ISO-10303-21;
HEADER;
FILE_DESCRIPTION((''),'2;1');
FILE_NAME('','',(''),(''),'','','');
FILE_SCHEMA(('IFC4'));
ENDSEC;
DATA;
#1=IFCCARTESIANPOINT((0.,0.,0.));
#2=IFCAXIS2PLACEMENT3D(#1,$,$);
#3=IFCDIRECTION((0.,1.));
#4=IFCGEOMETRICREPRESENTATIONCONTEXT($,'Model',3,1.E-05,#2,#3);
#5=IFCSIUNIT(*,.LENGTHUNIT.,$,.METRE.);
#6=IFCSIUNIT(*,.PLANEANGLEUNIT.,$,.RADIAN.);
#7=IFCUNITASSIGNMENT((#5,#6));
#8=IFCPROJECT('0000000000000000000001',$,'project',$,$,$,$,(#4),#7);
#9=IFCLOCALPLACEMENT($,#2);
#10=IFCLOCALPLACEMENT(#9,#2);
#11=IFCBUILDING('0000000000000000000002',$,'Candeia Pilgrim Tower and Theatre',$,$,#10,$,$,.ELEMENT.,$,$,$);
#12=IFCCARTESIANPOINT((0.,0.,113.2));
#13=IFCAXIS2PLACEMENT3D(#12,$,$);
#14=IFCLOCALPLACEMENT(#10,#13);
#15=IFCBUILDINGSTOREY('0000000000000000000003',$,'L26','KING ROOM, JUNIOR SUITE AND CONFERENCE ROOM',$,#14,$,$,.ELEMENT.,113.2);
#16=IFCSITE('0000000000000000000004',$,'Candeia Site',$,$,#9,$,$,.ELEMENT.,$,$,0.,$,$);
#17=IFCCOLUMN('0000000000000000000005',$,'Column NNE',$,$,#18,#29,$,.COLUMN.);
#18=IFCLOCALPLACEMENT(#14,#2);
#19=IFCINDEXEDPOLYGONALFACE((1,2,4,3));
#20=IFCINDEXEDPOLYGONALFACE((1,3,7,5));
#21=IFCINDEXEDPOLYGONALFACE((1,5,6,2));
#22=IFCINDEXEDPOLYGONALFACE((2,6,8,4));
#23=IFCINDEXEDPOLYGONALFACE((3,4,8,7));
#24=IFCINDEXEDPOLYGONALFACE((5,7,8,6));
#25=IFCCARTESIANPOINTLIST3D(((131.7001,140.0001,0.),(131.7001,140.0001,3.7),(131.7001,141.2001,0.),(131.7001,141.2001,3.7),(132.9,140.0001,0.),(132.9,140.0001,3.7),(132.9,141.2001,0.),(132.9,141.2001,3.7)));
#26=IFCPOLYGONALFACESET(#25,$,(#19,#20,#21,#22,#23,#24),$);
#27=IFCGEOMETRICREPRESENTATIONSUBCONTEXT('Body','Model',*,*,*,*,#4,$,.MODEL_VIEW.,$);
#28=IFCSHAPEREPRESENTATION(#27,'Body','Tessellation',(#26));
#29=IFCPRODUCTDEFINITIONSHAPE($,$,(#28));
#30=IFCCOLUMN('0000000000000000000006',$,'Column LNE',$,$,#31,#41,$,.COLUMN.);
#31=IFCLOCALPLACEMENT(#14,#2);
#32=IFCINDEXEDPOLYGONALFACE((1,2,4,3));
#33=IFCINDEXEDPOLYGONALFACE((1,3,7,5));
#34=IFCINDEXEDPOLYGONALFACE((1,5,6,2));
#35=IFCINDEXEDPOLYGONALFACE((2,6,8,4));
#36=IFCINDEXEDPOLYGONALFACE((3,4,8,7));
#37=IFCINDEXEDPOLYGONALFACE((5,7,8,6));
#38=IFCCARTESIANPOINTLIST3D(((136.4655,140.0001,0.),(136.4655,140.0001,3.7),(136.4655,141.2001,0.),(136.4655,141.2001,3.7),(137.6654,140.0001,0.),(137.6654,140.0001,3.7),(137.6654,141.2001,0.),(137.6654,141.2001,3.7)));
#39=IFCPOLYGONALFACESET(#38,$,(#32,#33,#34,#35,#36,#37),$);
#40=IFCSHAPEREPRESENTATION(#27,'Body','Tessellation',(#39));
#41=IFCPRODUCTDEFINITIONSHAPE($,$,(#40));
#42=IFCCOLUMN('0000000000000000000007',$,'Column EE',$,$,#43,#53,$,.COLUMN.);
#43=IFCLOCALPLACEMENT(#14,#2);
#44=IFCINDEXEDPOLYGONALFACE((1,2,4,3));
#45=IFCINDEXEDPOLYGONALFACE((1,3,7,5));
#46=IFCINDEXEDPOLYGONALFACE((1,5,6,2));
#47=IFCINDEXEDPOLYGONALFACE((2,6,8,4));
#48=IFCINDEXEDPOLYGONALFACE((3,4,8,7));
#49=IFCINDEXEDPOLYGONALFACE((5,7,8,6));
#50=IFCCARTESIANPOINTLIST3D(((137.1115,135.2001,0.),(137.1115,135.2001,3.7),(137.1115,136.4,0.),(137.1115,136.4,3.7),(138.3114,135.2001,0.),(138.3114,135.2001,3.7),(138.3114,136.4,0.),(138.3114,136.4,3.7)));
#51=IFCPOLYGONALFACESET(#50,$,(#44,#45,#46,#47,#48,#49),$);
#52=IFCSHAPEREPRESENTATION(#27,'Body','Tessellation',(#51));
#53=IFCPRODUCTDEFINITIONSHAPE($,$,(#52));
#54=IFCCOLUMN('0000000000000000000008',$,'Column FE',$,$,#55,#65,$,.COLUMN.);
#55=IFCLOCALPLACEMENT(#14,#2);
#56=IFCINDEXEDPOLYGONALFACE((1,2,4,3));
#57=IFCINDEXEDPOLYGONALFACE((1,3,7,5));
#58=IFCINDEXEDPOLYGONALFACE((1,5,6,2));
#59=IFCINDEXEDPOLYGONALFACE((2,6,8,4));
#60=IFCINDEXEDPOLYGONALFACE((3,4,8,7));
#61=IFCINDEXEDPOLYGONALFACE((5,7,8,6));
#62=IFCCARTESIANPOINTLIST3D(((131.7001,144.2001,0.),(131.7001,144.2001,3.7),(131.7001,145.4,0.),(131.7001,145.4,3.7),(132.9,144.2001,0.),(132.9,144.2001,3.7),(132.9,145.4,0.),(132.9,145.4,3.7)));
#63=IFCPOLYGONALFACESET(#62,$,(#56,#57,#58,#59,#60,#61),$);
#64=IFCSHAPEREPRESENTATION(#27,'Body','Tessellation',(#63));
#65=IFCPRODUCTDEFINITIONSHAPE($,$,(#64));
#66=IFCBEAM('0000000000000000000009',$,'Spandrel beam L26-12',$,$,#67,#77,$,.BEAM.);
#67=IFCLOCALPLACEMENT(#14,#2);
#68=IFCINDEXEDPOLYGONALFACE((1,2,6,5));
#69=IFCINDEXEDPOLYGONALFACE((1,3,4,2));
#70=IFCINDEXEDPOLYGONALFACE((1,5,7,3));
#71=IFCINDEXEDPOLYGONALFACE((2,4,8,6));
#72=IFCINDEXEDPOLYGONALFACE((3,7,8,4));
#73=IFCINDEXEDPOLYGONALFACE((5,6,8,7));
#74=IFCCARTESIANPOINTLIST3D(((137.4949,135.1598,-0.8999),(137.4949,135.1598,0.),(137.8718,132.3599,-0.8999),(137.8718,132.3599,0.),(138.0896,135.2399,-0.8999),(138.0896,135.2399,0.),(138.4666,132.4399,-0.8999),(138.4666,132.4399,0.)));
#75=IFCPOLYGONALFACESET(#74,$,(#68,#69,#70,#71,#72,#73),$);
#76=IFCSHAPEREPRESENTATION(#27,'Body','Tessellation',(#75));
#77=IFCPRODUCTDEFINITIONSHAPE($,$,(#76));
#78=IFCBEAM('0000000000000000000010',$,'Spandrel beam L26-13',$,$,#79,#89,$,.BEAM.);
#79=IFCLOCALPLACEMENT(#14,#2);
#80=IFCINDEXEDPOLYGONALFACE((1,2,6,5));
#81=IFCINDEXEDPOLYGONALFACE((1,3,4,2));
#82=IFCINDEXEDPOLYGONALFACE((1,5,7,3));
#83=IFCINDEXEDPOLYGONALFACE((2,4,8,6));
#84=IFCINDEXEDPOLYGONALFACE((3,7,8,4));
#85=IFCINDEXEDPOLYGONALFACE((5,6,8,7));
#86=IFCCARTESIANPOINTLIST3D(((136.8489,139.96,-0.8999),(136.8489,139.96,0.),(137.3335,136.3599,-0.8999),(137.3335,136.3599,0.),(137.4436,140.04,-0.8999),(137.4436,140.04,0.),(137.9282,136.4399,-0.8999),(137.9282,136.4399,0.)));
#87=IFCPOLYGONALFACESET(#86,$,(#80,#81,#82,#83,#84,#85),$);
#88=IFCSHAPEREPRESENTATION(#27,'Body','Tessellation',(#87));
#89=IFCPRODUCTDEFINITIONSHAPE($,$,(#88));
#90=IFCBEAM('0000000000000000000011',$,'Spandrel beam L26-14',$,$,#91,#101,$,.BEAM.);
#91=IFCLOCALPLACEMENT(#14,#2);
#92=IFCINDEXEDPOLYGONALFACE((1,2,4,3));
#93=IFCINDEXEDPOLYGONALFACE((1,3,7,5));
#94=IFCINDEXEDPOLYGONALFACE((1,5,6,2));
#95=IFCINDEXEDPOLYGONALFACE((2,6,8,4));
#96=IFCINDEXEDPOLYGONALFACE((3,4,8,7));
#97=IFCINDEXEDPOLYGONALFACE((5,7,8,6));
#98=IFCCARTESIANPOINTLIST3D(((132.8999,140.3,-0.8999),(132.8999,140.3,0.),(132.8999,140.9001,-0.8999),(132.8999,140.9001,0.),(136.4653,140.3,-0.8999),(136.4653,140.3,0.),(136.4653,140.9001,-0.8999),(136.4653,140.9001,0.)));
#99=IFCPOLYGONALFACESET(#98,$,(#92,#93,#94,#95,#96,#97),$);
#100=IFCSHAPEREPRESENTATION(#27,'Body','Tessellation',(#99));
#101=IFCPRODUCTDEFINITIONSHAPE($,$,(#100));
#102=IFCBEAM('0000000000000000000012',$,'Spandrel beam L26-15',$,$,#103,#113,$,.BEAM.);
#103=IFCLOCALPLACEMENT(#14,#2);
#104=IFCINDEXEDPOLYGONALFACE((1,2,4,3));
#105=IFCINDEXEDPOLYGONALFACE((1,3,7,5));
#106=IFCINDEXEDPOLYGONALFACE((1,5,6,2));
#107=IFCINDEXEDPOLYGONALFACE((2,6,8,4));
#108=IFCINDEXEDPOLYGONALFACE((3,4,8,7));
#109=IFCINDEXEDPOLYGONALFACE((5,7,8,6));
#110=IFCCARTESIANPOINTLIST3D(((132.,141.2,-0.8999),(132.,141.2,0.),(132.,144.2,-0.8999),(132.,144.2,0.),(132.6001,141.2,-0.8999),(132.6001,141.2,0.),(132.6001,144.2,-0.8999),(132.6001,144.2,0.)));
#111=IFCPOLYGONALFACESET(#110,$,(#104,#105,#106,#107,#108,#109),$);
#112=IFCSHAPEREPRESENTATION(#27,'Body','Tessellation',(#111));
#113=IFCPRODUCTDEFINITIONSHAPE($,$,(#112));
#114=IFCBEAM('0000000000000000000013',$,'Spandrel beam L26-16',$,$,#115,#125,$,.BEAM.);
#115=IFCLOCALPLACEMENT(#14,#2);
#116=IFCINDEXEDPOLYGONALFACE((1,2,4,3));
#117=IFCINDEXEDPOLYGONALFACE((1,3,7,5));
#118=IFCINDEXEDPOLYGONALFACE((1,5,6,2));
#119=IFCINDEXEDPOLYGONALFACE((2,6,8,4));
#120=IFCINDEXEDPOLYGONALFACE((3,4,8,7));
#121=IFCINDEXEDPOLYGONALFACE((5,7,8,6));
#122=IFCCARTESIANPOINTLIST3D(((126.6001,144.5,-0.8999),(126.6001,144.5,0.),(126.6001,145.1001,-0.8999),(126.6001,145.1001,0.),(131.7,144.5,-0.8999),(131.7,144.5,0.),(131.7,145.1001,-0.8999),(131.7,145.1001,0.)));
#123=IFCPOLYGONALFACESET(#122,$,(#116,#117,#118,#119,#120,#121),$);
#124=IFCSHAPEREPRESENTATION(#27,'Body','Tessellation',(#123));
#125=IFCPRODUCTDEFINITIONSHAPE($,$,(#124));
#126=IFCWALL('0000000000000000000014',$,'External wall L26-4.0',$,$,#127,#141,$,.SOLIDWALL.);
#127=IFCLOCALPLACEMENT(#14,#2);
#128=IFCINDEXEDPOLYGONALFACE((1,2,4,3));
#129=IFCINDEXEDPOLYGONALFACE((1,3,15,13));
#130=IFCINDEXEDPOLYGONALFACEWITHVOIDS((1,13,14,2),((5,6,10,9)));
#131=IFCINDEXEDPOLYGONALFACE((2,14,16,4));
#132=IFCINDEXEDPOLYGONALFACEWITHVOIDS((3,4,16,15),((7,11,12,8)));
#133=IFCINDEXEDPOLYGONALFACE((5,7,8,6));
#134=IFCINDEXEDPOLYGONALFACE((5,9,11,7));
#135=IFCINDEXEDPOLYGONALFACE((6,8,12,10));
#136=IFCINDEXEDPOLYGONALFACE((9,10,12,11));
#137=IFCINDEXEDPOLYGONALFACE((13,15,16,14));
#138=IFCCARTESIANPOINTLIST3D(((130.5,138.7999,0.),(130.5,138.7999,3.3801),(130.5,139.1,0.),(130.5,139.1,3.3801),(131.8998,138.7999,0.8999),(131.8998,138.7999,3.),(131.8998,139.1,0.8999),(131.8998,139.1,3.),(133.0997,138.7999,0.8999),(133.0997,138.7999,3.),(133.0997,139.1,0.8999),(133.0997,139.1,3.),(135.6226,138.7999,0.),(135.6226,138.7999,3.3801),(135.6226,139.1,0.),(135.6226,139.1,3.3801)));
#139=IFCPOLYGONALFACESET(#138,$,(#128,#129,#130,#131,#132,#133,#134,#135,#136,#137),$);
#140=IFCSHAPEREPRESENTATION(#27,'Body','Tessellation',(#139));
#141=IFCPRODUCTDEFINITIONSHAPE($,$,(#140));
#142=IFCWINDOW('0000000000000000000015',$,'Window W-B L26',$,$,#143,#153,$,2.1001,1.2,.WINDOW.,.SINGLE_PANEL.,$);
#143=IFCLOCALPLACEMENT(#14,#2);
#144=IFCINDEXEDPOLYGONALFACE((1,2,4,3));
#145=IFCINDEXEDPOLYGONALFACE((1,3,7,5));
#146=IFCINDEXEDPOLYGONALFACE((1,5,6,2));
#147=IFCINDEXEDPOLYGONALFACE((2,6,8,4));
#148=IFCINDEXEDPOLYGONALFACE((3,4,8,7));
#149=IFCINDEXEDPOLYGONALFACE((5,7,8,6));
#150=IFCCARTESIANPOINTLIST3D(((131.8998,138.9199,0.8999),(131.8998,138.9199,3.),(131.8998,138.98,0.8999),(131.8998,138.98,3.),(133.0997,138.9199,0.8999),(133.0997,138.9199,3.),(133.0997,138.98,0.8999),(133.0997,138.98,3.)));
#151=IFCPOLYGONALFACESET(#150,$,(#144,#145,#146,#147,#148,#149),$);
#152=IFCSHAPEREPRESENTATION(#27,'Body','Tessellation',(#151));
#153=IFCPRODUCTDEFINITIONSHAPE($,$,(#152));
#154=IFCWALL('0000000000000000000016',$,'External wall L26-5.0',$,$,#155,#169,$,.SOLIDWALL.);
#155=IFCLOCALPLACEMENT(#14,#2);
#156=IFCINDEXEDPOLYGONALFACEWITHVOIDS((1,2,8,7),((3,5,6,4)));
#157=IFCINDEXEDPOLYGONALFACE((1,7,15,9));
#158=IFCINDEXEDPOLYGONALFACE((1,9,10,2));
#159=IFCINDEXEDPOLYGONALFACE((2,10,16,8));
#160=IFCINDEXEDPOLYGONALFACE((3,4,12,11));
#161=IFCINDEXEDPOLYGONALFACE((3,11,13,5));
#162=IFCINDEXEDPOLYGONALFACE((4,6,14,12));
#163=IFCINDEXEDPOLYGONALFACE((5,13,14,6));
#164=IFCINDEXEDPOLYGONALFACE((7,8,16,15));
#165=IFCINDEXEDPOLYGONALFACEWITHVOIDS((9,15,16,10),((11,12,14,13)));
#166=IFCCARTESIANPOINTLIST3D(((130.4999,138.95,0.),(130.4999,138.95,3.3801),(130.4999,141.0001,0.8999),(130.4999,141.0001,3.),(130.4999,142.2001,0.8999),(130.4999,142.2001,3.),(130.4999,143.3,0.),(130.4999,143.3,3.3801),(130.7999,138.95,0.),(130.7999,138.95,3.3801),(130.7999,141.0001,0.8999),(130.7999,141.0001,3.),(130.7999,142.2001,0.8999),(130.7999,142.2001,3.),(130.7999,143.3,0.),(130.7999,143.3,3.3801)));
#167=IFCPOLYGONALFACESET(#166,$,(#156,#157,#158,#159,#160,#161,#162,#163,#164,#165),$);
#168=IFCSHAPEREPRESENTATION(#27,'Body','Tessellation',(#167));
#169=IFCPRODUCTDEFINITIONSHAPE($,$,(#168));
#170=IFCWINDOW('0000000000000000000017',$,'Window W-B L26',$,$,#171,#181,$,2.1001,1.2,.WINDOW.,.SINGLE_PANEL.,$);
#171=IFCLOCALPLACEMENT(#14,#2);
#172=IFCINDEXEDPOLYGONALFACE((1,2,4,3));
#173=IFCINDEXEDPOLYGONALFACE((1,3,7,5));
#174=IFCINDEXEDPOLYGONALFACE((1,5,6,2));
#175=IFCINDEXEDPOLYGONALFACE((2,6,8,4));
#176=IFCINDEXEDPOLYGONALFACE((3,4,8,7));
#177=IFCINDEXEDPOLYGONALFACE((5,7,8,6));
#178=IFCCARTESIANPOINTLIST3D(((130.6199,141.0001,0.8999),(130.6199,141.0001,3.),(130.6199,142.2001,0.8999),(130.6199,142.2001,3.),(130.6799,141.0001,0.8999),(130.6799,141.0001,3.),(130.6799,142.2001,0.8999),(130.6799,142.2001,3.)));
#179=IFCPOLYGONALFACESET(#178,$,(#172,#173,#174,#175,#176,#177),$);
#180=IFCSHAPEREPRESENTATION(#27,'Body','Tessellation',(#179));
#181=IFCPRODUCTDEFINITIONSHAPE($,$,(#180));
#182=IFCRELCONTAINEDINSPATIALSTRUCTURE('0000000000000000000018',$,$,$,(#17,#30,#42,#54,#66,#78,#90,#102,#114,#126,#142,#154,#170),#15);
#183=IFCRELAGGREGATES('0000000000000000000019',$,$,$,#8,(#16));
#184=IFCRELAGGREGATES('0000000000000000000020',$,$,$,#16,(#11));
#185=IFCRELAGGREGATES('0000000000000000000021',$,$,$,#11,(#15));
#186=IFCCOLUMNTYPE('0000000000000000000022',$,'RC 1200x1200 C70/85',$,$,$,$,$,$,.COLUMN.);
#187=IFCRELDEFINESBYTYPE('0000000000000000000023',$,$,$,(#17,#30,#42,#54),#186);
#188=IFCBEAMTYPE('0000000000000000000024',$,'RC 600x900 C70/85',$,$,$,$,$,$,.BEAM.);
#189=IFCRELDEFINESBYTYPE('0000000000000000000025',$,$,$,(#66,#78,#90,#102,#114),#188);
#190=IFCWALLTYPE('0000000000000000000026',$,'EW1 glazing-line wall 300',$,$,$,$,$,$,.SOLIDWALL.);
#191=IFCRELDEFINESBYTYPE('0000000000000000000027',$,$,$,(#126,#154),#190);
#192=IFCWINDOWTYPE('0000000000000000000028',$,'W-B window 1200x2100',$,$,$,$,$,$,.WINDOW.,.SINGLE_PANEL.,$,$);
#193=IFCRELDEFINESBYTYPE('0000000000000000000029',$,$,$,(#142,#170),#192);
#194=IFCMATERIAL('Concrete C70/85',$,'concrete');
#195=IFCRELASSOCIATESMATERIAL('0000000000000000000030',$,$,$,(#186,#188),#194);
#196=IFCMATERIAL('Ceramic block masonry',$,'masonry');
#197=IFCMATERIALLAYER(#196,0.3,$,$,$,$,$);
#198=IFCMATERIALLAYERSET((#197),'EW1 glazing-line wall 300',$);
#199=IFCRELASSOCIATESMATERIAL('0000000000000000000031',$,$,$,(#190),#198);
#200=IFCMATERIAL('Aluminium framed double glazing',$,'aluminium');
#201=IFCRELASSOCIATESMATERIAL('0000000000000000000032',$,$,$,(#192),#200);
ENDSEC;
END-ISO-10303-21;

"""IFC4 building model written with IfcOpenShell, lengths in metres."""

from ifc_helpers import new_model, si_unit, direction, frame, frame_2d, origin, origin_2d, place, context, subcontext, project, spatial, rectangle, extrude, material, layer, layer_set, material_profile, profile_set, type_object, element, fill, save


model = new_model("IFC4")

# Units and contexts
model_context = context("Model", 3, precision=1e-05, world=origin(), true_north=direction((0.0, 1.0)))
body_context = subcontext(model_context, "Body", "Model", "MODEL_VIEW")
ifc_project = project(units=[si_unit("LENGTHUNIT", "METRE"), si_unit("PLANEANGLEUNIT", "RADIAN")], contexts=[model_context])

# Site, building, storey
site_placement = place(None, origin())
site = spatial("IfcSite", under=ifc_project, at=site_placement, Name="Candeia Site", CompositionType="ELEMENT", RefElevation=0.0)
building_placement = place(site_placement, origin())
building = spatial("IfcBuilding", under=site, at=building_placement, Name="Candeia Pilgrim Tower and Theatre", CompositionType="ELEMENT")
storey_placement = place(building_placement, frame((0.0, 0.0, 113.2)))
storey = spatial("IfcBuildingStorey", under=building, at=storey_placement, Name="L26", Description="KING ROOM, JUNIOR SUITE AND CONFERENCE ROOM", CompositionType="ELEMENT", Elevation=113.2)

# Columns
ifc_material_1 = material(Name="Concrete C70/85", Category="concrete")
ifc_material_profile_1 = material_profile(ifc_material_1, rectangle(XDim=1.2, YDim=1.2, at=origin_2d()))
ifc_profile_set_1 = profile_set([ifc_material_profile_1], Name="Concrete C70/85")
column_type = type_object("IfcColumnType", Name="RC 1200x1200 C70/85", PredefinedType="COLUMN", material=ifc_profile_set_1)
for number, where, z_axis, x_axis, name in (
    (1, (132.3, 140.6001, 0.0), (0.0, 0.0, 1.0), (1.0, 0.0, 0.0), "Column NNE"),
    (2, (137.0654, 140.6001, 0.0), (0.0, 0.0, 1.0), (1.0, 0.0, 0.0), "Column LNE"),
    (3, (137.7114, 135.8, 0.0), (0.0, 0.0, 1.0), (1.0, 0.0, 0.0), "Column EE"),
    (4, (132.3, 144.8, 0.0), (0.0, 0.0, 1.0), (1.0, 0.0, 0.0), "Column FE"),
):
    element("IfcColumn", number, at=place(storey_placement, frame(where, z_axis=z_axis, x_axis=x_axis)), inside=storey, type_object=column_type, Name=name, PredefinedType="COLUMN", context=body_context, shape_type="SweptSolid", body=[
        extrude(rectangle(XDim=1.2, YDim=1.2, at=origin_2d()), origin(), (0.0, 0.0, 1.0), 3.7),
    ])

# Beams
ifc_material_profile_2 = material_profile(ifc_material_1, rectangle(XDim=0.6001, YDim=0.8999, at=origin_2d()))
ifc_profile_set_2 = profile_set([ifc_material_profile_2], Name="Concrete C70/85")
beam_type = type_object("IfcBeamType", Name="RC 600x900 C70/85", PredefinedType="BEAM", material=ifc_profile_set_2)
beam_1_placement = place(storey_placement, frame((138.1692, 132.3999, -0.45), z_axis=(-0.13342, 0.99106, 0.0), x_axis=(-0.99106, -0.13342, 0.0)))
element("IfcBeam", 5, at=beam_1_placement, inside=storey, type_object=beam_type, Name="Spandrel beam L26-12", PredefinedType="BEAM", context=body_context, shape_type="SweptSolid", body=[
    extrude(rectangle(XDim=0.6001, YDim=0.8999, at=origin_2d()), origin(), (0.0, 0.0, 1.0), 2.8252),
])
beam_2_placement = place(storey_placement, frame((137.6309, 136.3999, -0.45), z_axis=(-0.133409, 0.991061, 0.0), x_axis=(-0.991061, -0.133409, 0.0)))
element("IfcBeam", 6, at=beam_2_placement, inside=storey, type_object=beam_type, Name="Spandrel beam L26-13", PredefinedType="BEAM", context=body_context, shape_type="SweptSolid", body=[
    extrude(rectangle(XDim=0.6001, YDim=0.8999, at=origin_2d()), origin(), (0.0, 0.0, 1.0), 3.6326),
])
beam_3_placement = place(storey_placement, frame((136.4653, 140.6001, -0.45), z_axis=(-1.0, 0.0, 0.0), x_axis=(0.0, -1.0, 0.0)))
element("IfcBeam", 7, at=beam_3_placement, inside=storey, type_object=beam_type, Name="Spandrel beam L26-14", PredefinedType="BEAM", context=body_context, shape_type="SweptSolid", body=[
    extrude(rectangle(XDim=0.6001, YDim=0.8999, at=origin_2d()), origin(), (0.0, 0.0, 1.0), 3.5654),
])
beam_4_placement = place(storey_placement, frame((132.3, 141.2, -0.45), z_axis=(0.0, 1.0, 0.0), x_axis=(-1.0, 0.0, 0.0)))
element("IfcBeam", 8, at=beam_4_placement, inside=storey, type_object=beam_type, Name="Spandrel beam L26-15", PredefinedType="BEAM", context=body_context, shape_type="SweptSolid", body=[
    extrude(rectangle(XDim=0.6001, YDim=0.8999, at=origin_2d()), origin(), (0.0, 0.0, 1.0), 3.0),
])
beam_5_placement = place(storey_placement, frame((131.7, 144.8, -0.45), z_axis=(-1.0, 0.0, 0.0), x_axis=(0.0, -1.0, 0.0)))
element("IfcBeam", 9, at=beam_5_placement, inside=storey, type_object=beam_type, Name="Spandrel beam L26-16", PredefinedType="BEAM", context=body_context, shape_type="SweptSolid", body=[
    extrude(rectangle(XDim=0.6001, YDim=0.8999, at=origin_2d()), origin(), (0.0, 0.0, 1.0), 5.0999),
])

# Walls, openings, windows
ifc_material_2 = material(Name="Ceramic block masonry", Category="masonry")
ifc_layer_1 = layer(ifc_material_2, 0.3)
ifc_layer_set_1 = layer_set([ifc_layer_1], Name="EW1 glazing-line wall 300")
wall_type = type_object("IfcWallType", Name="EW1 glazing-line wall 300", PredefinedType="SOLIDWALL", material=ifc_layer_set_1)
wall_1_placement = place(storey_placement, frame((135.6226, 138.95, 0.0), z_axis=(0.0, 0.0, 1.0), x_axis=(-1.0, 0.0, 0.0)))
wall_1 = element("IfcWall", 10, at=wall_1_placement, inside=storey, type_object=wall_type, Name="External wall L26-4.0", PredefinedType="SOLIDWALL", context=body_context, shape_type="SweptSolid", body=[
    extrude(rectangle(XDim=5.1226, YDim=0.3, at=frame_2d((2.5613, 0.0))), origin(), (0.0, 0.0, 1.0), 3.3801),
])
opening_1_placement = place(wall_1_placement, frame((2.5227, 0.0, 0.8999)))
opening_1 = element("IfcOpeningElement", 11, at=opening_1_placement, cuts=wall_1, PredefinedType="OPENING", context=body_context, shape_type="SweptSolid", body=[
    extrude(rectangle(XDim=1.2, YDim=2.1001, at=frame_2d((0.6001, 1.05))), frame((0.0, 0.1602, 0.0), z_axis=(0.0, -1.0, 0.0), x_axis=(1.0, 0.0, 0.0)), (0.0, 0.0, 1.0), 0.3201),
])
ifc_material_3 = material(Name="Aluminium framed double glazing", Category="aluminium")
window_type_1 = type_object("IfcWindowType", Name="W-B window 1200x2100", PartitioningType="SINGLE_PANEL", PredefinedType="WINDOW", material=ifc_material_3)
window_1_placement = place(opening_1_placement, origin())
window_1 = element("IfcWindow", 12, at=window_1_placement, inside=storey, type_object=window_type_1, Name="Window W-B L26", OverallHeight=2.1001, OverallWidth=1.2, PartitioningType="SINGLE_PANEL", PredefinedType="WINDOW", context=body_context, shape_type="SweptSolid", body=[
    extrude(rectangle(XDim=1.2, YDim=2.1001, at=frame_2d((0.6001, 1.05))), frame((0.0, 0.03, 0.0), z_axis=(0.0, -1.0, 0.0), x_axis=(1.0, 0.0, 0.0)), (0.0, 0.0, 1.0), 0.0601),
])
fill(opening_1, window_1)
wall_2_placement = place(storey_placement, frame((130.6499, 138.95, 0.0), z_axis=(0.0, 0.0, 1.0), x_axis=(0.0, 1.0, 0.0)))
wall_2 = element("IfcWall", 13, at=wall_2_placement, inside=storey, type_object=wall_type, Name="External wall L26-5.0", PredefinedType="SOLIDWALL", context=body_context, shape_type="SweptSolid", body=[
    extrude(rectangle(XDim=4.3501, YDim=0.3, at=frame_2d((2.175, 0.0))), origin(), (0.0, 0.0, 1.0), 3.3801),
])
opening_2_placement = place(wall_2_placement, frame((2.05, 0.0, 0.8999)))
opening_2 = element("IfcOpeningElement", 14, at=opening_2_placement, cuts=wall_2, PredefinedType="OPENING", context=body_context, shape_type="SweptSolid", body=[
    extrude(rectangle(XDim=1.2, YDim=2.1001, at=frame_2d((0.6001, 1.05))), frame((0.0, 0.1602, 0.0), z_axis=(0.0, -1.0, 0.0), x_axis=(1.0, 0.0, 0.0)), (0.0, 0.0, 1.0), 0.3201),
])
window_2_placement = place(opening_2_placement, origin())
window_2 = element("IfcWindow", 15, at=window_2_placement, inside=storey, type_object=window_type_1, Name="Window W-B L26", OverallHeight=2.1001, OverallWidth=1.2, PartitioningType="SINGLE_PANEL", PredefinedType="WINDOW", context=body_context, shape_type="SweptSolid", body=[
    extrude(rectangle(XDim=1.2, YDim=2.1001, at=frame_2d((0.6001, 1.05))), frame((0.0, 0.03, 0.0), z_axis=(0.0, -1.0, 0.0), x_axis=(1.0, 0.0, 0.0)), (0.0, 0.0, 1.0), 0.0601),
])
fill(opening_2, window_2)

save(model, "model.ifc")
